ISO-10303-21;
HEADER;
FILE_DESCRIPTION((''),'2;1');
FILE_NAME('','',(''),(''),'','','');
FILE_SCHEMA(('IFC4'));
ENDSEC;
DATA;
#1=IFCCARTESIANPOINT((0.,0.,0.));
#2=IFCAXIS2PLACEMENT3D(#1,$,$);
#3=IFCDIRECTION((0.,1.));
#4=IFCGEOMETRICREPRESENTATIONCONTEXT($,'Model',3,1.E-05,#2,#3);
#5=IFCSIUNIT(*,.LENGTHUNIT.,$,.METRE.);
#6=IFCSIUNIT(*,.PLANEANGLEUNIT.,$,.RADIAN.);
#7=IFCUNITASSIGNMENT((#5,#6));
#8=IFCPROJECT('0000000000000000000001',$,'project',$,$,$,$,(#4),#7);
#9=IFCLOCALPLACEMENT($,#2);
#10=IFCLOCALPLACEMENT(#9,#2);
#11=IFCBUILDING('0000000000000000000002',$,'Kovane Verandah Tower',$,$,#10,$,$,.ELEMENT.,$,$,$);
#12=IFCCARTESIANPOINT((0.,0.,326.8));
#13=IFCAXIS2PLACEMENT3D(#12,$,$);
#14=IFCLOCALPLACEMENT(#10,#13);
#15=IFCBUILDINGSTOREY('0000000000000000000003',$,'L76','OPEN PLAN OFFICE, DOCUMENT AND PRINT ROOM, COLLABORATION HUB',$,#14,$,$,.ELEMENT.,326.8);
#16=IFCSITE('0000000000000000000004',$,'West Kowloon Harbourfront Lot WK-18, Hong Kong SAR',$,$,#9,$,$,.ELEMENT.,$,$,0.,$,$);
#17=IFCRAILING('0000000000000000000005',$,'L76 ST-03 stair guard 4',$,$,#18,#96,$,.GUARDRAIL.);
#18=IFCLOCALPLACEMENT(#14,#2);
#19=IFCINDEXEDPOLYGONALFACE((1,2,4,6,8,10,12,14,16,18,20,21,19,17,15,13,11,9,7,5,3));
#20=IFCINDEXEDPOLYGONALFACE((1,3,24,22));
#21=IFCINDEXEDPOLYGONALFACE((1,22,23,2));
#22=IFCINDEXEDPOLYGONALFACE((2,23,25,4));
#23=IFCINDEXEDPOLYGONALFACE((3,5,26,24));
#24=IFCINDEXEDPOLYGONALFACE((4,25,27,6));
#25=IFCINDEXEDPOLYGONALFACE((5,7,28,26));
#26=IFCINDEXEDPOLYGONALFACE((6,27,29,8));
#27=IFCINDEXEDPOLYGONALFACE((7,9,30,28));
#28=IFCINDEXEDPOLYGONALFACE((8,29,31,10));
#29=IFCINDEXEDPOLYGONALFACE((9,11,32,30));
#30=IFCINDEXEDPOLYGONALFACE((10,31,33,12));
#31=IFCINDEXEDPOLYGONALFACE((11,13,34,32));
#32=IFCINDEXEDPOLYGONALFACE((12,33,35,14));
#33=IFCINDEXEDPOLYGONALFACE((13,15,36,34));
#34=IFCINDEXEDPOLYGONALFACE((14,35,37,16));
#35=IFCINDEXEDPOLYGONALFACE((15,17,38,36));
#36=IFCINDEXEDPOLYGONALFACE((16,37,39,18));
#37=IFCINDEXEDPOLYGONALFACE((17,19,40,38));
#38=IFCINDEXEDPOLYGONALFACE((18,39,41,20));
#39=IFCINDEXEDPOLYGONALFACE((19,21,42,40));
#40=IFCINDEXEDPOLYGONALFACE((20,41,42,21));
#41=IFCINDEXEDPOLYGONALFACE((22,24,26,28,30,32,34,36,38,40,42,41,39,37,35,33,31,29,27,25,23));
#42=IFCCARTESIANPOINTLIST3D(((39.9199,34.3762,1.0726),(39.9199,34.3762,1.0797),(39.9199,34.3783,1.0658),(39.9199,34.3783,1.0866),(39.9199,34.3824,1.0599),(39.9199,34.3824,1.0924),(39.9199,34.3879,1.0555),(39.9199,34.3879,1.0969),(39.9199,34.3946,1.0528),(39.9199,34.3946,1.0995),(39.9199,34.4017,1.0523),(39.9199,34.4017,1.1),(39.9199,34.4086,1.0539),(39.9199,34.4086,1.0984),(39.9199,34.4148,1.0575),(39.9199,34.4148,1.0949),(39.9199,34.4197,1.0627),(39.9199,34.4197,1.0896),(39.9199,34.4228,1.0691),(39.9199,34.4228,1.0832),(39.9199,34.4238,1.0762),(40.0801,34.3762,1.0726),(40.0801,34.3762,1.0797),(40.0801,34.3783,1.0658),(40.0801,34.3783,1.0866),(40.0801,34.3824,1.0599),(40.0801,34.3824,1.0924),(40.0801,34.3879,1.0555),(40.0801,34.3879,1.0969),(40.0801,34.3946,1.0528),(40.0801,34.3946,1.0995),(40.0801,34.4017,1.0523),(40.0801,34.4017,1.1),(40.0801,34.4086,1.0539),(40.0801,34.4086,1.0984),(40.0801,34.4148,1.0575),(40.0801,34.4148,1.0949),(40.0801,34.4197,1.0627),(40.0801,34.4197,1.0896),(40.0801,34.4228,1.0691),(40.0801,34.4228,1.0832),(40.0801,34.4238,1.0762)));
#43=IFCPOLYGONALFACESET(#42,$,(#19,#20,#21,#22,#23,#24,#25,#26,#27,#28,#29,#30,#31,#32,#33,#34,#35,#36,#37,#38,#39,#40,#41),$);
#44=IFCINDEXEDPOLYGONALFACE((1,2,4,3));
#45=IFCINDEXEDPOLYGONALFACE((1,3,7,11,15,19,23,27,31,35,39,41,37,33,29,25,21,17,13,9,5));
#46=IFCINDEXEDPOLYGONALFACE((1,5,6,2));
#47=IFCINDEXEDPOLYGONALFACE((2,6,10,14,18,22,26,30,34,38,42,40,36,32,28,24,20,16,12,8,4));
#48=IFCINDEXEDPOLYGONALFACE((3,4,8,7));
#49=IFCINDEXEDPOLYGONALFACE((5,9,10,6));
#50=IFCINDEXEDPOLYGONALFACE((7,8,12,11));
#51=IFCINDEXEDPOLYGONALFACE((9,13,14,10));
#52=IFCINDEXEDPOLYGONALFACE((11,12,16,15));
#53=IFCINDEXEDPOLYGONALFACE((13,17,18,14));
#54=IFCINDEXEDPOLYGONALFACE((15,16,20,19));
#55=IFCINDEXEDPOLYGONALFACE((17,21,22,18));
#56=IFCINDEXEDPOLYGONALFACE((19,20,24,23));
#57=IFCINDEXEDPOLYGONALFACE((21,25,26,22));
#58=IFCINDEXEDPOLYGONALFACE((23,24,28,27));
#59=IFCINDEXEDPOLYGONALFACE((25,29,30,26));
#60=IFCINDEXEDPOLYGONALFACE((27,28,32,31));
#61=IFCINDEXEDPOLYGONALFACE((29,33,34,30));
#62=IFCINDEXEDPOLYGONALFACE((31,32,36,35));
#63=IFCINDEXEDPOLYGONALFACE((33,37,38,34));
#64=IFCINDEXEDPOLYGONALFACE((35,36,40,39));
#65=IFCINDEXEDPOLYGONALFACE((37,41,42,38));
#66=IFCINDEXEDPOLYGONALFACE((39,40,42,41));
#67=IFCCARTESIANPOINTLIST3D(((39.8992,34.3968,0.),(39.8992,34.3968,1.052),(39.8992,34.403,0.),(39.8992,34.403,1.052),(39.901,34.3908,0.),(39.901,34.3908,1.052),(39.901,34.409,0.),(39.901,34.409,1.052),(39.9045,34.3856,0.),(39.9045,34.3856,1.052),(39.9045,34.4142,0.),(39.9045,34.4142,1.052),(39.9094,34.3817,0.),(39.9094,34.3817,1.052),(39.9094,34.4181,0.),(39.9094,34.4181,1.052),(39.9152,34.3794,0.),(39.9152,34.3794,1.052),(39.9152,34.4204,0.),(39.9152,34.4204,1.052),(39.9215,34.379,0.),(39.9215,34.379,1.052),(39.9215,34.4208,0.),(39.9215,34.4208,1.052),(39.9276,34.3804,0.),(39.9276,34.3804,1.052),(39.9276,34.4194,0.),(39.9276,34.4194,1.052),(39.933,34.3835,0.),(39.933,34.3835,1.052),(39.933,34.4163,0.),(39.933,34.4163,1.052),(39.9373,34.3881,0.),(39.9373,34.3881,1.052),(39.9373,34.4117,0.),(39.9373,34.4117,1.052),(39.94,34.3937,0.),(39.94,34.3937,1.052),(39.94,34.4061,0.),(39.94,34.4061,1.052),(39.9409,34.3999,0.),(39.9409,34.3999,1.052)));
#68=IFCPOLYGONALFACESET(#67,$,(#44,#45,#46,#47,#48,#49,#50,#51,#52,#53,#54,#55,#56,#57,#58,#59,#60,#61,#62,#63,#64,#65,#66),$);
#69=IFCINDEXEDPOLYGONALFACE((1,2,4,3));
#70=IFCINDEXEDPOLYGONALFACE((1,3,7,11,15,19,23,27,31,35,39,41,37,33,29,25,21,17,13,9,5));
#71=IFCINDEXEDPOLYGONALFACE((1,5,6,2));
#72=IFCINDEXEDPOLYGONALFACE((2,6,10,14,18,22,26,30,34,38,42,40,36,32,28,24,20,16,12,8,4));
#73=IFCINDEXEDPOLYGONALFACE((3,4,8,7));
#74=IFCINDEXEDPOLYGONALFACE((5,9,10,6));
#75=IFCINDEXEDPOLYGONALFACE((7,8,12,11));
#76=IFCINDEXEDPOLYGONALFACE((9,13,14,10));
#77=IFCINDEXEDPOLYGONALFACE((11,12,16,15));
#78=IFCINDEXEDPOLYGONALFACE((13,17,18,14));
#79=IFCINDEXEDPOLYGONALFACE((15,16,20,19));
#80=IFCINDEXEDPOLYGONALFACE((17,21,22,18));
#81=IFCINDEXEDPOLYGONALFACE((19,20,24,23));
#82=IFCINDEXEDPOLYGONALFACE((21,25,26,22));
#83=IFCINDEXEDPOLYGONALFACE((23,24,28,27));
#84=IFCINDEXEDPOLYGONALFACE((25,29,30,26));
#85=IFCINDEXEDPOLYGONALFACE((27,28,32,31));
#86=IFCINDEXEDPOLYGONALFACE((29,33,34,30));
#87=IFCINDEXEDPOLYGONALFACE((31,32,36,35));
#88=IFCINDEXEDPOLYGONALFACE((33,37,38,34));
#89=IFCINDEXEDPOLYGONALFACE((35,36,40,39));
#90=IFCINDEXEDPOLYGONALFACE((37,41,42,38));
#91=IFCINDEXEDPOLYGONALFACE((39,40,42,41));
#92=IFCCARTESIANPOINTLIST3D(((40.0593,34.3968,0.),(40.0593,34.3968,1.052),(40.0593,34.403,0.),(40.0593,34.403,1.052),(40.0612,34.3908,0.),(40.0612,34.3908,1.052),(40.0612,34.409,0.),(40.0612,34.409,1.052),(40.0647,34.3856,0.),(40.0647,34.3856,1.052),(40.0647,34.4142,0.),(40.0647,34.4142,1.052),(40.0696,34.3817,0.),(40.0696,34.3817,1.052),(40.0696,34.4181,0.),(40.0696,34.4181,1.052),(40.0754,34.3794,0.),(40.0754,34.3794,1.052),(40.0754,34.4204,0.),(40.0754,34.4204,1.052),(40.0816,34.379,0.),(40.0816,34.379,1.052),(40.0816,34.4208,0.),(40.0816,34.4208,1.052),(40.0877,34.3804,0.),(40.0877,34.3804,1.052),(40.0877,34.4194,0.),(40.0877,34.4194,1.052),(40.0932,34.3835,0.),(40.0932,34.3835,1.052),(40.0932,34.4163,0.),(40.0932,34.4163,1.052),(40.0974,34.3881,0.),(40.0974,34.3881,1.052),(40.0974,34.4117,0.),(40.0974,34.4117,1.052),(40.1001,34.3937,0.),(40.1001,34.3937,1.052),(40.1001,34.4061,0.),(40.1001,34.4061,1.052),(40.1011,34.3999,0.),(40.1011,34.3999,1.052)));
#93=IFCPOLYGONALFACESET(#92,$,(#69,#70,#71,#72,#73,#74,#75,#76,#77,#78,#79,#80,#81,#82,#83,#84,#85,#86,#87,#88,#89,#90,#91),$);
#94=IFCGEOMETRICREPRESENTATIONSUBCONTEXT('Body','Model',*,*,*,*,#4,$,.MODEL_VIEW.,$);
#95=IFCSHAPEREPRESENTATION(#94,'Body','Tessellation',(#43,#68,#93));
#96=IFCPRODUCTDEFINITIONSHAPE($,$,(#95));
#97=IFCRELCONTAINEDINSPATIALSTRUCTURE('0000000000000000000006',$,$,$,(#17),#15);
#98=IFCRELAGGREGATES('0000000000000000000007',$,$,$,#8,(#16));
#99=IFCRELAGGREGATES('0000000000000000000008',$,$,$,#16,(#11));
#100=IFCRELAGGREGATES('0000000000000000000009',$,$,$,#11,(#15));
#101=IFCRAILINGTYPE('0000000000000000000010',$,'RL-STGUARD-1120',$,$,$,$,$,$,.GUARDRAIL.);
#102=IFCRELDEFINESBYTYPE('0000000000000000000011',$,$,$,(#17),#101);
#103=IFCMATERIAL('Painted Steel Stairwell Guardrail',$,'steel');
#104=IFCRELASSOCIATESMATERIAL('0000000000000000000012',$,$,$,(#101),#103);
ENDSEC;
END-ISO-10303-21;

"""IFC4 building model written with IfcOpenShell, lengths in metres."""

from ifc_helpers import new_model, si_unit, direction, frame, origin, origin_2d, place, context, subcontext, project, spatial, circle, extrude, material, type_object, element, save


model = new_model("IFC4")

# Units and contexts
model_context = context("Model", 3, precision=1e-05, world=origin(), true_north=direction((0.0, 1.0)))
body_context = subcontext(model_context, "Body", "Model", "MODEL_VIEW")
ifc_project = project(units=[si_unit("LENGTHUNIT", "METRE"), si_unit("PLANEANGLEUNIT", "RADIAN")], contexts=[model_context])

# Site, building, storey
site_placement = place(None, origin())
site = spatial("IfcSite", under=ifc_project, at=site_placement, Name="West Kowloon Harbourfront Lot WK-18, Hong Kong SAR", CompositionType="ELEMENT", RefElevation=0.0)
building_placement = place(site_placement, origin())
building = spatial("IfcBuilding", under=site, at=building_placement, Name="Kovane Verandah Tower", CompositionType="ELEMENT")
storey_placement = place(building_placement, frame((0.0, 0.0, 326.8)))
storey = spatial("IfcBuildingStorey", under=building, at=storey_placement, Name="L76", Description="OPEN PLAN OFFICE, DOCUMENT AND PRINT ROOM, COLLABORATION HUB", CompositionType="ELEMENT", Elevation=326.8)

# Railing
ifc_material_1 = material(Name="Painted Steel Stairwell Guardrail", Category="steel")
railing_type = type_object("IfcRailingType", Name="RL-STGUARD-1120", PredefinedType="GUARDRAIL", material=ifc_material_1)
railing_1_placement = place(storey_placement, frame((39.9199, 34.3999, 0.0)))
element("IfcRailing", 1, at=railing_1_placement, inside=storey, type_object=railing_type, Name="L76 ST-03 stair guard 4", PredefinedType="GUARDRAIL", context=body_context, shape_type="SweptSolid", body=[
    extrude(circle(Radius=0.0239, at=origin_2d()), frame((0.0, 0.0, 1.0762), z_axis=(1.0, 0.0, 0.0), x_axis=(0.0, 1.0, 0.0)), (0.0, 0.0, 1.0), 0.1602),
    extrude(circle(Radius=0.021, at=origin_2d()), origin(), (0.0, 0.0, 1.0), 1.052),
    extrude(circle(Radius=0.021, at=origin_2d()), frame((0.1602, 0.0, 0.0)), (0.0, 0.0, 1.0), 1.052),
])

save(model, "model.ifc")
